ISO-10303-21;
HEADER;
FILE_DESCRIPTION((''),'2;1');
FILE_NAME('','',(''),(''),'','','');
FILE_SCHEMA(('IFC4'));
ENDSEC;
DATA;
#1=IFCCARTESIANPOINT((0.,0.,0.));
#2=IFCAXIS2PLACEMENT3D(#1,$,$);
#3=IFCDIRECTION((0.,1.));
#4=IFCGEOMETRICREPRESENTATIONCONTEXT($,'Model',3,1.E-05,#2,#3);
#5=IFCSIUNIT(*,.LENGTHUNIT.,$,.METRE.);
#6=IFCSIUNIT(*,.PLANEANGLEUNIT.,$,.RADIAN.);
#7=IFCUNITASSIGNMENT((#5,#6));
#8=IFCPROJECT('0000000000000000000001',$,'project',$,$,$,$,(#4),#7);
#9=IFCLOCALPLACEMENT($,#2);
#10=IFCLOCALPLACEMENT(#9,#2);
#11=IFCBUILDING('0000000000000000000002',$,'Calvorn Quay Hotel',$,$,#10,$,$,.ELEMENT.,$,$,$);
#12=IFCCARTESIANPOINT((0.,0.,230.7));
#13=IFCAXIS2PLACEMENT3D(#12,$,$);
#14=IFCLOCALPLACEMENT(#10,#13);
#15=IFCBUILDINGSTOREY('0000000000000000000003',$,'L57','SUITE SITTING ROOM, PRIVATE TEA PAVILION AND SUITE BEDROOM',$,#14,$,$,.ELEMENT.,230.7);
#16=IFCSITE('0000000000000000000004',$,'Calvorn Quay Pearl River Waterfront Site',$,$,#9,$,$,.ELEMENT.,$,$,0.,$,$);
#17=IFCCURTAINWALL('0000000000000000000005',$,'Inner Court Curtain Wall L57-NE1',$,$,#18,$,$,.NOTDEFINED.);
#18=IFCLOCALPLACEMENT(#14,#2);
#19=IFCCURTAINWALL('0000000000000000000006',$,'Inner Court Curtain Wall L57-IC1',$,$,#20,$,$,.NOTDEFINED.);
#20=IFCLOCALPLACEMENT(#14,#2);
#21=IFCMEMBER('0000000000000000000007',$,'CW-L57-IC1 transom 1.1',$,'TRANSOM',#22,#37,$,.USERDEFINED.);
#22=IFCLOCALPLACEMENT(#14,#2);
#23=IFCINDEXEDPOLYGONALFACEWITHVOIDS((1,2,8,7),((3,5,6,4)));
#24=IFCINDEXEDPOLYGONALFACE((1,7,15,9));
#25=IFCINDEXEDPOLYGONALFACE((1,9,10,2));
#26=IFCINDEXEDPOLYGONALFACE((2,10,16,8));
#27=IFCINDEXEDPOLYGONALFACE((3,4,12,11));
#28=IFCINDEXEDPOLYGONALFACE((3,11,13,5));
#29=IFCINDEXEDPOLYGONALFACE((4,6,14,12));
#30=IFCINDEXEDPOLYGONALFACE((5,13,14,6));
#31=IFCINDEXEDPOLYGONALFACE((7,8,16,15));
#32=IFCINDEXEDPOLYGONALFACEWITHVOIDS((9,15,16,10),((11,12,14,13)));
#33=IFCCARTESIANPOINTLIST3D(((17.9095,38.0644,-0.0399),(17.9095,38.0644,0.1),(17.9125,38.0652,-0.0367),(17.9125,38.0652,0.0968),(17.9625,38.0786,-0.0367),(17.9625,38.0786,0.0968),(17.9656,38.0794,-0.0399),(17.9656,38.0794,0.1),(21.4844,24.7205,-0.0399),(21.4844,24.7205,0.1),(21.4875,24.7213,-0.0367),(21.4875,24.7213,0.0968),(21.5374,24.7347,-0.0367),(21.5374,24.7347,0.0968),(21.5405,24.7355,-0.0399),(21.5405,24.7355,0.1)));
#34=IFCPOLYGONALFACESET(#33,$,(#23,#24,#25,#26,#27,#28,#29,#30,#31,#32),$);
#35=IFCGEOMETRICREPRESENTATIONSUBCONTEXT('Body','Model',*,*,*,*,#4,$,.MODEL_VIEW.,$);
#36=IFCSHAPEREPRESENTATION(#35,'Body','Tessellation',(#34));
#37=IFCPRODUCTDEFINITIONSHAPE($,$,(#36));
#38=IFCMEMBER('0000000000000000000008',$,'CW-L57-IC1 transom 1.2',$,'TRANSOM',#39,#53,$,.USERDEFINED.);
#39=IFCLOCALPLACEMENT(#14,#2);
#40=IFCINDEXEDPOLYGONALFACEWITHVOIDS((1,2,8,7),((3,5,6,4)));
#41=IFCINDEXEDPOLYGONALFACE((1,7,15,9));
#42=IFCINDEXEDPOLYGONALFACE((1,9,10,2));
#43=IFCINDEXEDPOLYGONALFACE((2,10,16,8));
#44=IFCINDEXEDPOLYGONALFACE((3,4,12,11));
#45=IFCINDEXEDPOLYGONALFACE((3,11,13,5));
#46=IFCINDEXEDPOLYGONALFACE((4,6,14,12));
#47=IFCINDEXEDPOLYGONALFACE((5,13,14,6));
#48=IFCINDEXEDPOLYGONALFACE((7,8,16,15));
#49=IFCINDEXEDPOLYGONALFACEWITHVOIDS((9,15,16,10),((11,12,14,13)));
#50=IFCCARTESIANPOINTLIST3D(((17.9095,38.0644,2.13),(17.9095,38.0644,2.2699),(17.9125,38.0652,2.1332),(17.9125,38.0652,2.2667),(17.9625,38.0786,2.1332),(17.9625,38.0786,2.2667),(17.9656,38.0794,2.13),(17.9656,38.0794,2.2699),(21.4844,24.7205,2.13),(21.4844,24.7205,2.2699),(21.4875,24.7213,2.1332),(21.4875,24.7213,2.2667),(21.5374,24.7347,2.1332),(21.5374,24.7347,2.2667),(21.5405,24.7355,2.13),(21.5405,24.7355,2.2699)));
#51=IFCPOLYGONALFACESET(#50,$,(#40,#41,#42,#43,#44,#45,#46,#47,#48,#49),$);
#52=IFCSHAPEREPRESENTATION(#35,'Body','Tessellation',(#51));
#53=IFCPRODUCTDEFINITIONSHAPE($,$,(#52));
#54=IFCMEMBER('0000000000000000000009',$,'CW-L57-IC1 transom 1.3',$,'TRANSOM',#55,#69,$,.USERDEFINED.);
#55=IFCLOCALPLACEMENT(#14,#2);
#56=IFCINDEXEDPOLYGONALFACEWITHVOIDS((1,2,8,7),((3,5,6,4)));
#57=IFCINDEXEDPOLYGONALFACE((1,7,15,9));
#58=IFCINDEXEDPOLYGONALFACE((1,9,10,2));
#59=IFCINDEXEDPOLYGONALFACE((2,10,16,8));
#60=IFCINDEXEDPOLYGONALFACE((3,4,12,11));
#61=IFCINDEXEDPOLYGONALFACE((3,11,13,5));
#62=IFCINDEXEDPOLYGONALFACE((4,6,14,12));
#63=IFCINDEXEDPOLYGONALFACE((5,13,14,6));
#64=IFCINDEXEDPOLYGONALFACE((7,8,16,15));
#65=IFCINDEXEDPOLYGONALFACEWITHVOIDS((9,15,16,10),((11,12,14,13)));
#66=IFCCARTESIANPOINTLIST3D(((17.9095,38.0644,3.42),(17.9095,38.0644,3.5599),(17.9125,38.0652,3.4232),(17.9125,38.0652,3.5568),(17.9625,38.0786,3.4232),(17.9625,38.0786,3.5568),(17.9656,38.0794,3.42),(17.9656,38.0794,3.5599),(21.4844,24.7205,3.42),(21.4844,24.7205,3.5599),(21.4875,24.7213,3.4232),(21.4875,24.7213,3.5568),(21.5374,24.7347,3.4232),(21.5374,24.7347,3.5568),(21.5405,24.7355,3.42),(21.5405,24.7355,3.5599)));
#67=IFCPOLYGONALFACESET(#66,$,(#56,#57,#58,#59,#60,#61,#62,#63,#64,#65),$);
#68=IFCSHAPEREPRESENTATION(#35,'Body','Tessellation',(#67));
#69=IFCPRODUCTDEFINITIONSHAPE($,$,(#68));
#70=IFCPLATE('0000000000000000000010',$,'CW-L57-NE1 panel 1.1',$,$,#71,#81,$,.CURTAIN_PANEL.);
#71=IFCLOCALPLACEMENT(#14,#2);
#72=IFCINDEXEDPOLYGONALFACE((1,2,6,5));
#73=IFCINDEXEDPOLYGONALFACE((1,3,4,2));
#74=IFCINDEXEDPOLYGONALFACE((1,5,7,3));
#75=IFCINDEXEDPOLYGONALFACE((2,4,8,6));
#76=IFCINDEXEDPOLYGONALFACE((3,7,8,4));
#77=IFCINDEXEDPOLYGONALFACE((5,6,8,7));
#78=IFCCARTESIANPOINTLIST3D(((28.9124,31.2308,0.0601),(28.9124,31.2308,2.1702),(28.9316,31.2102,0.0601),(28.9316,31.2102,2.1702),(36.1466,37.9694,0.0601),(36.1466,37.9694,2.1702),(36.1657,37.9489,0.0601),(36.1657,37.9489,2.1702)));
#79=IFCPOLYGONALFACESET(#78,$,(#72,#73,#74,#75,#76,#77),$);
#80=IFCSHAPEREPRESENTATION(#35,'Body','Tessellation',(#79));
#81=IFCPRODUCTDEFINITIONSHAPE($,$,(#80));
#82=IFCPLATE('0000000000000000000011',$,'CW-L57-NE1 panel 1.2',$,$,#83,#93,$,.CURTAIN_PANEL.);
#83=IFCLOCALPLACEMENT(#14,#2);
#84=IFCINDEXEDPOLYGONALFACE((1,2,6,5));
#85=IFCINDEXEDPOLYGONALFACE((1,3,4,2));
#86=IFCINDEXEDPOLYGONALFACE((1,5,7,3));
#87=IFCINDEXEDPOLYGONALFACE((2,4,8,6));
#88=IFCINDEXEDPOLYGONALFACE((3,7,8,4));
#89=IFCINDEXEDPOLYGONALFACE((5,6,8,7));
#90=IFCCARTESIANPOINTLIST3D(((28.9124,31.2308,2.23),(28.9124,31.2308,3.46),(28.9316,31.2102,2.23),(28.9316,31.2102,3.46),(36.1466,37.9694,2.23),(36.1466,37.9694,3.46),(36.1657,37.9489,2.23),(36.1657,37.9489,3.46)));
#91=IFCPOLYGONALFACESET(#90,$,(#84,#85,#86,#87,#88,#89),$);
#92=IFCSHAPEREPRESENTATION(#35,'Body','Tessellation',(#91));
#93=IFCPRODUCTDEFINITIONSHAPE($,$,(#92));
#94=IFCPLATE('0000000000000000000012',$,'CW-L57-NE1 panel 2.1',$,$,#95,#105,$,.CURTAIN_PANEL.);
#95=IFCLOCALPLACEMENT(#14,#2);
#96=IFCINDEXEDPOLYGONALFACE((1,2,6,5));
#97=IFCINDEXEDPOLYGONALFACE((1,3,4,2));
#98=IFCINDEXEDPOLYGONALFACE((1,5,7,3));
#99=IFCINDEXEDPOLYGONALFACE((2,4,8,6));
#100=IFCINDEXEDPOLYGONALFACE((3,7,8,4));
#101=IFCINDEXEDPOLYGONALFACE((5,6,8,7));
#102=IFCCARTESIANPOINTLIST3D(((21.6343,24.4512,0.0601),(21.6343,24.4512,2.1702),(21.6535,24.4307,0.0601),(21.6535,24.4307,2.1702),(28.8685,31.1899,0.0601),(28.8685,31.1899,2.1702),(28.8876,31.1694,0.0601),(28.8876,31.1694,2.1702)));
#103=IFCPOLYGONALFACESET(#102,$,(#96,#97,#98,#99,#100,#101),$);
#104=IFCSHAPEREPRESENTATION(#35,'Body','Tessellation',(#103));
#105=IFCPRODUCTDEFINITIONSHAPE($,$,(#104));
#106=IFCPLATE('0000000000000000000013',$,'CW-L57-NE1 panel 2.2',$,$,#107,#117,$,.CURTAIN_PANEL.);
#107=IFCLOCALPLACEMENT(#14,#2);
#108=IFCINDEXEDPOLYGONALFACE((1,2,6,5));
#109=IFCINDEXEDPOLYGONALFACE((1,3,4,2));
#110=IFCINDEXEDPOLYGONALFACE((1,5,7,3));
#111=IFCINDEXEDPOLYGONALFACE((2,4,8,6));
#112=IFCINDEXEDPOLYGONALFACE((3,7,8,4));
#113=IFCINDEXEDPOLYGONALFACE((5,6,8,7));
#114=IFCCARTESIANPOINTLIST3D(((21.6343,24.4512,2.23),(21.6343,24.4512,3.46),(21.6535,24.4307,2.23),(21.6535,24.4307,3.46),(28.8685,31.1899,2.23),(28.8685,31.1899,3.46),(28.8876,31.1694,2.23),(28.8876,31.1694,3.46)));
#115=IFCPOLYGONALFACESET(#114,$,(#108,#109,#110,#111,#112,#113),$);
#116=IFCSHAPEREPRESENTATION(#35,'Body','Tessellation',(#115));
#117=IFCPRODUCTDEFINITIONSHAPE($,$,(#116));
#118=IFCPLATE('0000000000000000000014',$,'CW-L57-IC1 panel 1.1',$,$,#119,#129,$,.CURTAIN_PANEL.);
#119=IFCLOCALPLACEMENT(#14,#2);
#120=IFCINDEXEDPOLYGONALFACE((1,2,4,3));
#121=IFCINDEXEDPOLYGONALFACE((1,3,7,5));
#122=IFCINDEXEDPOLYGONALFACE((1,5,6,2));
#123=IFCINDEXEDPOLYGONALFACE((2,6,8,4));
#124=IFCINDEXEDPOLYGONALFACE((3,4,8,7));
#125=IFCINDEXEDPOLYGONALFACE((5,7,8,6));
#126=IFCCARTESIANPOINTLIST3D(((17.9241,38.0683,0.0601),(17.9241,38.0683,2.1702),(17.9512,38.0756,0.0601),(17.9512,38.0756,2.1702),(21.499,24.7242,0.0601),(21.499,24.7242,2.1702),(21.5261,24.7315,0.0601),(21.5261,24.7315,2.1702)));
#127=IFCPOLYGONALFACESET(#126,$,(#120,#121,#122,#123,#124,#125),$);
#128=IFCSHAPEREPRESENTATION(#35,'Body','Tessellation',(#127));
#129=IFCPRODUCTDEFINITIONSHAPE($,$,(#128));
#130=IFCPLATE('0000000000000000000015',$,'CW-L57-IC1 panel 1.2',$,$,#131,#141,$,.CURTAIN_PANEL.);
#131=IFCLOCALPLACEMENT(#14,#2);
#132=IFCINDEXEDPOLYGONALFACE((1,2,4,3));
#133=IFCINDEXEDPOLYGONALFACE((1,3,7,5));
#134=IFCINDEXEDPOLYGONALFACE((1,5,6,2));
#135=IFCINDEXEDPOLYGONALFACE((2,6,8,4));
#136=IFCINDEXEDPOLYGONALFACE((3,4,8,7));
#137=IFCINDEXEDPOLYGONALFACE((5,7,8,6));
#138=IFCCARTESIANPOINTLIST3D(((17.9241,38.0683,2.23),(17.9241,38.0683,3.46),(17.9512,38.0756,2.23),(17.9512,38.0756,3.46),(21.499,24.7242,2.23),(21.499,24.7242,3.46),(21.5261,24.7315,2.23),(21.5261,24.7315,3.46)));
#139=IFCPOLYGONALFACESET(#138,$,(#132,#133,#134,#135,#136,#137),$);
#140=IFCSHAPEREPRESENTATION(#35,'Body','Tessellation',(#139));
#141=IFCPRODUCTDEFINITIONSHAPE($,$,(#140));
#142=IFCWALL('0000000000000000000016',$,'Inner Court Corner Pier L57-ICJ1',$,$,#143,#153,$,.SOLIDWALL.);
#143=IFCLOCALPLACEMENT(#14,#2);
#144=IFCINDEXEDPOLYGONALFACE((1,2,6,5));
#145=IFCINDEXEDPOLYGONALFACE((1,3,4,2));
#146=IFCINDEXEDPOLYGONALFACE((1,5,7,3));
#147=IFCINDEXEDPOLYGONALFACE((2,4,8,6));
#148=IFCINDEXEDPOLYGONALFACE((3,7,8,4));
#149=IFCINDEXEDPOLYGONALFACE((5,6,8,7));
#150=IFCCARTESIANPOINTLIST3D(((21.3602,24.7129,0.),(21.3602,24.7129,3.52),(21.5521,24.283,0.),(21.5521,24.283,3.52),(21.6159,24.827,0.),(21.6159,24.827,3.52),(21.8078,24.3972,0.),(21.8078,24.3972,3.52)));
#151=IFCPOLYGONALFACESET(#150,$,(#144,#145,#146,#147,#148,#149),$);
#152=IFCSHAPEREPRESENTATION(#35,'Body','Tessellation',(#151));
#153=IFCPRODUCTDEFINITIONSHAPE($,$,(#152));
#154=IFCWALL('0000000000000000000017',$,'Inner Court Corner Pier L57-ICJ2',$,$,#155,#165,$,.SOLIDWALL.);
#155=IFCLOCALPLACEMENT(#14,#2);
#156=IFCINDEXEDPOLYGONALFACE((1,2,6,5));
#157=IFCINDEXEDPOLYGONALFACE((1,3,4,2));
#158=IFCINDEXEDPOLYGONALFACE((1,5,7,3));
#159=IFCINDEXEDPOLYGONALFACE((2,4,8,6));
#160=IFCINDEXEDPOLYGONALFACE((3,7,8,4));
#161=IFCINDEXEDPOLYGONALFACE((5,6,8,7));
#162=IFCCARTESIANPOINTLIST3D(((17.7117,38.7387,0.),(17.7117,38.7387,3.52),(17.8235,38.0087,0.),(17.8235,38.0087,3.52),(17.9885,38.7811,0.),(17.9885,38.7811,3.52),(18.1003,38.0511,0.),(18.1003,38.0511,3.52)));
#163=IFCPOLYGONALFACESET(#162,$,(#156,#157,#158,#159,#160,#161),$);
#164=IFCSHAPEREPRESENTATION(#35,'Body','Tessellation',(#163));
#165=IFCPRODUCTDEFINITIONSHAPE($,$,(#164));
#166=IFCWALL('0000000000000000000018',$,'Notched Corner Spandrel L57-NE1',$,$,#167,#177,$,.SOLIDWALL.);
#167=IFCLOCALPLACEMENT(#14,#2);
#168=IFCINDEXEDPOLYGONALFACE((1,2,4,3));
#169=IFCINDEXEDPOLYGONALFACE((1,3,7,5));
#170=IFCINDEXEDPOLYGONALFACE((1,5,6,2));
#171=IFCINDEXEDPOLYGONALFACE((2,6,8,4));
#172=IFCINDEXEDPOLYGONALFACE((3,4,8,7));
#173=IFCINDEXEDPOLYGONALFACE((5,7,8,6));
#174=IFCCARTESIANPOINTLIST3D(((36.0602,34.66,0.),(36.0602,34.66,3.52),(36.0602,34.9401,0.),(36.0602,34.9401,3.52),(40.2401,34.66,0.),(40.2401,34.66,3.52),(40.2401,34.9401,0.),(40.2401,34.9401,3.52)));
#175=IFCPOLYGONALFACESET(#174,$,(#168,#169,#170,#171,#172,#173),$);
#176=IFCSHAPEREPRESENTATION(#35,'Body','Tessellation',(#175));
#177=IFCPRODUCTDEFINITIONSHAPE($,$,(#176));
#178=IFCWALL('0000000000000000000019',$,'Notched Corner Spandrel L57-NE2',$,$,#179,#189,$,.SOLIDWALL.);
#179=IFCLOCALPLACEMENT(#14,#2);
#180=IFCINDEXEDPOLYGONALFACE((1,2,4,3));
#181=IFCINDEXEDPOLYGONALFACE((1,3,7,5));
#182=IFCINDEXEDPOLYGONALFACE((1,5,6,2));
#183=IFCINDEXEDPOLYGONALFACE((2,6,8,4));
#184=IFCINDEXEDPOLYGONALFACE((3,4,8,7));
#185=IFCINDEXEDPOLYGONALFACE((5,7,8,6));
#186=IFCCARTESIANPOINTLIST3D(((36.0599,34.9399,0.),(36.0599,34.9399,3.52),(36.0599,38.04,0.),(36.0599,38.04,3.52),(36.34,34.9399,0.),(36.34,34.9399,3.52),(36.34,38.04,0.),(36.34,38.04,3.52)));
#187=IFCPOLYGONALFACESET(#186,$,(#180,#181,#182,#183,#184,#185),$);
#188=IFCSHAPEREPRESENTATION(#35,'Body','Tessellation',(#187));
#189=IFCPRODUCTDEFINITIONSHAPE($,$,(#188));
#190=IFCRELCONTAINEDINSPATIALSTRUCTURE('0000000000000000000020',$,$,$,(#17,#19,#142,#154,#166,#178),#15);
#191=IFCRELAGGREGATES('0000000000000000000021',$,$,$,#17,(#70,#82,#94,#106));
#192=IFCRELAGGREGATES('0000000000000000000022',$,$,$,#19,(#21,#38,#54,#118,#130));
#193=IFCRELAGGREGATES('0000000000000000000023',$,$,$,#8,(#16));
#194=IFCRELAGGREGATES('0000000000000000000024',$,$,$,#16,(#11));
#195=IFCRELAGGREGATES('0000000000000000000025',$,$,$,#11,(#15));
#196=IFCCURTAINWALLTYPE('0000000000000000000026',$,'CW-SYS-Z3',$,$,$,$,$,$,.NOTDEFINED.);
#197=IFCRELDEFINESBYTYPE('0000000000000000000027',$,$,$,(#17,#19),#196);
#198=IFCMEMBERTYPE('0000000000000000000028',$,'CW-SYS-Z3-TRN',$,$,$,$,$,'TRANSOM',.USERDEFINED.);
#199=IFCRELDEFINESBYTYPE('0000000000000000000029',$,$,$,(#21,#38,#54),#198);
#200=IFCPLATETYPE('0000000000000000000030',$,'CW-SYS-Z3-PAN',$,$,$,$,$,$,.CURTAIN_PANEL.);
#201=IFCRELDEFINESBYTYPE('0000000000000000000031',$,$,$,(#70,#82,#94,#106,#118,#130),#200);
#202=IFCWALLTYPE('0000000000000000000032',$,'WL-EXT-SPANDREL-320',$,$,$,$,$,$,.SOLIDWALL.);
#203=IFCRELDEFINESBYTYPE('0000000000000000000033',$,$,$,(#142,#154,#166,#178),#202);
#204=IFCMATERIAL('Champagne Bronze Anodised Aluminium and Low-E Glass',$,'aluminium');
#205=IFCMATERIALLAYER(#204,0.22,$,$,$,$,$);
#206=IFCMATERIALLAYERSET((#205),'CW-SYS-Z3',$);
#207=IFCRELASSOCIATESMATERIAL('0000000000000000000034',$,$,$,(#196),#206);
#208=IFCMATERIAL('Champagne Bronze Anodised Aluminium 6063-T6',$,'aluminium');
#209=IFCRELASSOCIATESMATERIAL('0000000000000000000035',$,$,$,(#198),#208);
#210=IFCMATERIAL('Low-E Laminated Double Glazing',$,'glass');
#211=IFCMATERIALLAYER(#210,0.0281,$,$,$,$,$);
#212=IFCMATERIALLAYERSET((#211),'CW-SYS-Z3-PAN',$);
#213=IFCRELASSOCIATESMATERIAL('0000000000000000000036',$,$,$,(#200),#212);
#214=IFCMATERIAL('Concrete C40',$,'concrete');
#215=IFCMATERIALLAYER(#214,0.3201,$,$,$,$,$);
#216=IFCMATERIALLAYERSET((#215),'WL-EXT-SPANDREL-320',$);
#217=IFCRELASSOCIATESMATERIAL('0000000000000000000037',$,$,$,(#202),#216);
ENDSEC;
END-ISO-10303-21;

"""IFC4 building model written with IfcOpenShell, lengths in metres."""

from ifc_helpers import new_model, si_unit, direction, frame, frame_2d, origin, origin_2d, place, context, subcontext, project, spatial, rectangle, hollow_rectangle, extrude, material, layer, layer_set, material_profile, profile_set, type_object, element, aggregate, save


model = new_model("IFC4")

# Units and contexts
model_context = context("Model", 3, precision=1e-05, world=origin(), true_north=direction((0.0, 1.0)))
body_context = subcontext(model_context, "Body", "Model", "MODEL_VIEW")
ifc_project = project(units=[si_unit("LENGTHUNIT", "METRE"), si_unit("PLANEANGLEUNIT", "RADIAN")], contexts=[model_context])

# Site, building, storey
site_placement = place(None, origin())
site = spatial("IfcSite", under=ifc_project, at=site_placement, Name="Calvorn Quay Pearl River Waterfront Site", CompositionType="ELEMENT", RefElevation=0.0)
building_placement = place(site_placement, origin())
building = spatial("IfcBuilding", under=site, at=building_placement, Name="Calvorn Quay Hotel", CompositionType="ELEMENT")
storey_placement = place(building_placement, frame((0.0, 0.0, 230.7)))
storey = spatial("IfcBuildingStorey", under=building, at=storey_placement, Name="L57", Description="SUITE SITTING ROOM, PRIVATE TEA PAVILION AND SUITE BEDROOM", CompositionType="ELEMENT", Elevation=230.7)

# Curtain walls
ifc_material_1 = material(Name="Champagne Bronze Anodised Aluminium and Low-E Glass", Category="aluminium")
ifc_layer_1 = layer(ifc_material_1, 0.22)
ifc_layer_set_1 = layer_set([ifc_layer_1], Name="CW-SYS-Z3")
curtain_wall_type = type_object("IfcCurtainWallType", Name="CW-SYS-Z3", PredefinedType="NOTDEFINED", material=ifc_layer_set_1)
curtain_wall_1_placement = place(storey_placement, origin())
curtain_wall_1 = element("IfcCurtainWall", 1, at=curtain_wall_1_placement, inside=storey, type_object=curtain_wall_type, Name="Inner Court Curtain Wall L57-NE1", PredefinedType="NOTDEFINED")
curtain_wall_2_placement = place(storey_placement, origin())
curtain_wall_2 = element("IfcCurtainWall", 2, at=curtain_wall_2_placement, inside=storey, type_object=curtain_wall_type, Name="Inner Court Curtain Wall L57-IC1", PredefinedType="NOTDEFINED")

# Members
ifc_material_2 = material(Name="Champagne Bronze Anodised Aluminium 6063-T6", Category="aluminium")
ifc_material_profile_1 = material_profile(ifc_material_2, hollow_rectangle(XDim=0.0581, YDim=0.1399, WallThickness=0.0032, at=origin_2d()), Name="ALU-T140x58x3.2")
ifc_profile_set_1 = profile_set([ifc_material_profile_1], Name="Champagne Bronze Anodised Aluminium 6063-T6")
member_type_1 = type_object("IfcMemberType", Name="CW-SYS-Z3-TRN", ElementType="TRANSOM", PredefinedType="USERDEFINED", material=ifc_profile_set_1)
member_1_placement = place(storey_placement, frame((21.5125, 24.728, 0.03), z_axis=(-0.258781, 0.965936, 0.0), x_axis=(-0.965936, -0.258781, 0.0)))
member_1 = element("IfcMember", 3, at=member_1_placement, type_object=member_type_1, Name="CW-L57-IC1 transom 1.1", ObjectType="TRANSOM", PredefinedType="USERDEFINED", context=body_context, shape_type="SweptSolid", body=[
    extrude(hollow_rectangle(XDim=0.0581, YDim=0.1399, WallThickness=0.0032, at=origin_2d()), origin(), (0.0, 0.0, 1.0), 13.8145),
])
member_2_placement = place(storey_placement, frame((21.5125, 24.728, 2.2), z_axis=(-0.258781, 0.965936, 0.0), x_axis=(-0.965936, -0.258781, 0.0)))
member_2 = element("IfcMember", 4, at=member_2_placement, type_object=member_type_1, Name="CW-L57-IC1 transom 1.2", ObjectType="TRANSOM", PredefinedType="USERDEFINED", context=body_context, shape_type="SweptSolid", body=[
    extrude(hollow_rectangle(XDim=0.0581, YDim=0.1399, WallThickness=0.0032, at=origin_2d()), origin(), (0.0, 0.0, 1.0), 13.8145),
])
member_3_placement = place(storey_placement, frame((21.5125, 24.728, 3.49), z_axis=(-0.258781, 0.965936, 0.0), x_axis=(-0.965936, -0.258781, 0.0)))
member_3 = element("IfcMember", 5, at=member_3_placement, type_object=member_type_1, Name="CW-L57-IC1 transom 1.3", ObjectType="TRANSOM", PredefinedType="USERDEFINED", context=body_context, shape_type="SweptSolid", body=[
    extrude(hollow_rectangle(XDim=0.0581, YDim=0.1399, WallThickness=0.0032, at=origin_2d()), origin(), (0.0, 0.0, 1.0), 13.8145),
])

# Plates
ifc_material_3 = material(Name="Low-E Laminated Double Glazing", Category="glass")
ifc_layer_2 = layer(ifc_material_3, 0.0281)
ifc_layer_set_2 = layer_set([ifc_layer_2], Name="CW-SYS-Z3-PAN")
plate_type = type_object("IfcPlateType", Name="CW-SYS-Z3-PAN", PredefinedType="CURTAIN_PANEL", material=ifc_layer_set_2)
plate_1_placement = place(storey_placement, frame((32.5391, 34.5898, 0.0601), z_axis=(0.0, 0.0, 1.0), x_axis=(-0.731722, -0.681604, 0.0)))
plate_1 = element("IfcPlate", 6, at=plate_1_placement, type_object=plate_type, Name="CW-L57-NE1 panel 1.1", PredefinedType="CURTAIN_PANEL", context=body_context, shape_type="SweptSolid", body=[
    extrude(rectangle(XDim=9.8865, YDim=0.0281, at=origin_2d()), origin(), (0.0, 0.0, 1.0), 2.1101),
])
plate_2_placement = place(storey_placement, frame((32.5391, 34.5898, 2.23), z_axis=(0.0, 0.0, 1.0), x_axis=(-0.731722, -0.681604, 0.0)))
plate_2 = element("IfcPlate", 7, at=plate_2_placement, type_object=plate_type, Name="CW-L57-NE1 panel 1.2", PredefinedType="CURTAIN_PANEL", context=body_context, shape_type="SweptSolid", body=[
    extrude(rectangle(XDim=9.8865, YDim=0.0281, at=origin_2d()), origin(), (0.0, 0.0, 1.0), 1.23),
])
plate_3_placement = place(storey_placement, frame((25.261, 27.8103, 0.0601), z_axis=(0.0, 0.0, 1.0), x_axis=(-0.731722, -0.681604, 0.0)))
plate_3 = element("IfcPlate", 8, at=plate_3_placement, type_object=plate_type, Name="CW-L57-NE1 panel 2.1", PredefinedType="CURTAIN_PANEL", context=body_context, shape_type="SweptSolid", body=[
    extrude(rectangle(XDim=9.8865, YDim=0.0281, at=origin_2d()), origin(), (0.0, 0.0, 1.0), 2.1101),
])
plate_4_placement = place(storey_placement, frame((25.261, 27.8103, 2.23), z_axis=(0.0, 0.0, 1.0), x_axis=(-0.731722, -0.681604, 0.0)))
plate_4 = element("IfcPlate", 9, at=plate_4_placement, type_object=plate_type, Name="CW-L57-NE1 panel 2.2", PredefinedType="CURTAIN_PANEL", context=body_context, shape_type="SweptSolid", body=[
    extrude(rectangle(XDim=9.8865, YDim=0.0281, at=origin_2d()), origin(), (0.0, 0.0, 1.0), 1.23),
])
aggregate(curtain_wall_1, [plate_1, plate_2, plate_3, plate_4])
plate_5_placement = place(storey_placement, frame((19.7251, 31.3999, 0.0601), z_axis=(0.0, 0.0, 1.0), x_axis=(-0.258779, 0.965937, 0.0)))
plate_5 = element("IfcPlate", 10, at=plate_5_placement, type_object=plate_type, Name="CW-L57-IC1 panel 1.1", PredefinedType="CURTAIN_PANEL", context=body_context, shape_type="SweptSolid", body=[
    extrude(rectangle(XDim=13.8147, YDim=0.0281, at=origin_2d()), origin(), (0.0, 0.0, 1.0), 2.1101),
])
plate_6_placement = place(storey_placement, frame((19.7251, 31.3999, 2.23), z_axis=(0.0, 0.0, 1.0), x_axis=(-0.258779, 0.965937, 0.0)))
plate_6 = element("IfcPlate", 11, at=plate_6_placement, type_object=plate_type, Name="CW-L57-IC1 panel 1.2", PredefinedType="CURTAIN_PANEL", context=body_context, shape_type="SweptSolid", body=[
    extrude(rectangle(XDim=13.8147, YDim=0.0281, at=origin_2d()), origin(), (0.0, 0.0, 1.0), 1.23),
])
aggregate(curtain_wall_2, [member_1, member_2, member_3, plate_5, plate_6])

# Walls
ifc_material_4 = material(Name="Concrete C40", Category="concrete")
ifc_layer_3 = layer(ifc_material_4, 0.3201)
ifc_layer_set_3 = layer_set([ifc_layer_3], Name="WL-EXT-SPANDREL-320")
wall_type_1 = type_object("IfcWallType", Name="WL-EXT-SPANDREL-320", PredefinedType="SOLIDWALL", material=ifc_layer_set_3)
wall_1_placement = place(storey_placement, frame((21.6799, 24.3401, 0.0), z_axis=(0.0, 0.0, 1.0), x_axis=(-0.407581, 0.913169, 0.0)))
element("IfcWall", 12, at=wall_1_placement, inside=storey, type_object=wall_type_1, Name="Inner Court Corner Pier L57-ICJ1", PredefinedType="SOLIDWALL", context=body_context, shape_type="SweptSolid", body=[
    extrude(rectangle(XDim=0.4707, YDim=0.28, at=frame_2d((0.2354, 0.0))), origin(), (0.0, 0.0, 1.0), 3.52),
])
wall_2_placement = place(storey_placement, frame((17.9619, 38.03, 0.0), z_axis=(0.0, 0.0, 1.0), x_axis=(-0.151411, 0.988471, 0.0)))
element("IfcWall", 13, at=wall_2_placement, inside=storey, type_object=wall_type_1, Name="Inner Court Corner Pier L57-ICJ2", PredefinedType="SOLIDWALL", context=body_context, shape_type="SweptSolid", body=[
    extrude(rectangle(XDim=0.7385, YDim=0.28, at=frame_2d((0.3691, 0.0))), origin(), (0.0, 0.0, 1.0), 3.52),
])
wall_3_placement = place(storey_placement, frame((40.24, 34.8, 0.0), z_axis=(0.0, 0.0, 1.0), x_axis=(-1.0, 0.0, 0.0)))
element("IfcWall", 14, at=wall_3_placement, inside=storey, type_object=wall_type_1, Name="Notched Corner Spandrel L57-NE1", PredefinedType="SOLIDWALL", context=body_context, shape_type="SweptSolid", body=[
    extrude(rectangle(XDim=4.1799, YDim=0.28, at=frame_2d((2.0898, 0.0))), origin(), (0.0, 0.0, 1.0), 3.52),
])
wall_4_placement = place(storey_placement, frame((36.2, 34.9399, 0.0), z_axis=(0.0, 0.0, 1.0), x_axis=(0.0, 1.0, 0.0)))
element("IfcWall", 15, at=wall_4_placement, inside=storey, type_object=wall_type_1, Name="Notched Corner Spandrel L57-NE2", PredefinedType="SOLIDWALL", context=body_context, shape_type="SweptSolid", body=[
    extrude(rectangle(XDim=3.1001, YDim=0.28, at=frame_2d((1.55, 0.0))), origin(), (0.0, 0.0, 1.0), 3.52),
])

save(model, "model.ifc")
